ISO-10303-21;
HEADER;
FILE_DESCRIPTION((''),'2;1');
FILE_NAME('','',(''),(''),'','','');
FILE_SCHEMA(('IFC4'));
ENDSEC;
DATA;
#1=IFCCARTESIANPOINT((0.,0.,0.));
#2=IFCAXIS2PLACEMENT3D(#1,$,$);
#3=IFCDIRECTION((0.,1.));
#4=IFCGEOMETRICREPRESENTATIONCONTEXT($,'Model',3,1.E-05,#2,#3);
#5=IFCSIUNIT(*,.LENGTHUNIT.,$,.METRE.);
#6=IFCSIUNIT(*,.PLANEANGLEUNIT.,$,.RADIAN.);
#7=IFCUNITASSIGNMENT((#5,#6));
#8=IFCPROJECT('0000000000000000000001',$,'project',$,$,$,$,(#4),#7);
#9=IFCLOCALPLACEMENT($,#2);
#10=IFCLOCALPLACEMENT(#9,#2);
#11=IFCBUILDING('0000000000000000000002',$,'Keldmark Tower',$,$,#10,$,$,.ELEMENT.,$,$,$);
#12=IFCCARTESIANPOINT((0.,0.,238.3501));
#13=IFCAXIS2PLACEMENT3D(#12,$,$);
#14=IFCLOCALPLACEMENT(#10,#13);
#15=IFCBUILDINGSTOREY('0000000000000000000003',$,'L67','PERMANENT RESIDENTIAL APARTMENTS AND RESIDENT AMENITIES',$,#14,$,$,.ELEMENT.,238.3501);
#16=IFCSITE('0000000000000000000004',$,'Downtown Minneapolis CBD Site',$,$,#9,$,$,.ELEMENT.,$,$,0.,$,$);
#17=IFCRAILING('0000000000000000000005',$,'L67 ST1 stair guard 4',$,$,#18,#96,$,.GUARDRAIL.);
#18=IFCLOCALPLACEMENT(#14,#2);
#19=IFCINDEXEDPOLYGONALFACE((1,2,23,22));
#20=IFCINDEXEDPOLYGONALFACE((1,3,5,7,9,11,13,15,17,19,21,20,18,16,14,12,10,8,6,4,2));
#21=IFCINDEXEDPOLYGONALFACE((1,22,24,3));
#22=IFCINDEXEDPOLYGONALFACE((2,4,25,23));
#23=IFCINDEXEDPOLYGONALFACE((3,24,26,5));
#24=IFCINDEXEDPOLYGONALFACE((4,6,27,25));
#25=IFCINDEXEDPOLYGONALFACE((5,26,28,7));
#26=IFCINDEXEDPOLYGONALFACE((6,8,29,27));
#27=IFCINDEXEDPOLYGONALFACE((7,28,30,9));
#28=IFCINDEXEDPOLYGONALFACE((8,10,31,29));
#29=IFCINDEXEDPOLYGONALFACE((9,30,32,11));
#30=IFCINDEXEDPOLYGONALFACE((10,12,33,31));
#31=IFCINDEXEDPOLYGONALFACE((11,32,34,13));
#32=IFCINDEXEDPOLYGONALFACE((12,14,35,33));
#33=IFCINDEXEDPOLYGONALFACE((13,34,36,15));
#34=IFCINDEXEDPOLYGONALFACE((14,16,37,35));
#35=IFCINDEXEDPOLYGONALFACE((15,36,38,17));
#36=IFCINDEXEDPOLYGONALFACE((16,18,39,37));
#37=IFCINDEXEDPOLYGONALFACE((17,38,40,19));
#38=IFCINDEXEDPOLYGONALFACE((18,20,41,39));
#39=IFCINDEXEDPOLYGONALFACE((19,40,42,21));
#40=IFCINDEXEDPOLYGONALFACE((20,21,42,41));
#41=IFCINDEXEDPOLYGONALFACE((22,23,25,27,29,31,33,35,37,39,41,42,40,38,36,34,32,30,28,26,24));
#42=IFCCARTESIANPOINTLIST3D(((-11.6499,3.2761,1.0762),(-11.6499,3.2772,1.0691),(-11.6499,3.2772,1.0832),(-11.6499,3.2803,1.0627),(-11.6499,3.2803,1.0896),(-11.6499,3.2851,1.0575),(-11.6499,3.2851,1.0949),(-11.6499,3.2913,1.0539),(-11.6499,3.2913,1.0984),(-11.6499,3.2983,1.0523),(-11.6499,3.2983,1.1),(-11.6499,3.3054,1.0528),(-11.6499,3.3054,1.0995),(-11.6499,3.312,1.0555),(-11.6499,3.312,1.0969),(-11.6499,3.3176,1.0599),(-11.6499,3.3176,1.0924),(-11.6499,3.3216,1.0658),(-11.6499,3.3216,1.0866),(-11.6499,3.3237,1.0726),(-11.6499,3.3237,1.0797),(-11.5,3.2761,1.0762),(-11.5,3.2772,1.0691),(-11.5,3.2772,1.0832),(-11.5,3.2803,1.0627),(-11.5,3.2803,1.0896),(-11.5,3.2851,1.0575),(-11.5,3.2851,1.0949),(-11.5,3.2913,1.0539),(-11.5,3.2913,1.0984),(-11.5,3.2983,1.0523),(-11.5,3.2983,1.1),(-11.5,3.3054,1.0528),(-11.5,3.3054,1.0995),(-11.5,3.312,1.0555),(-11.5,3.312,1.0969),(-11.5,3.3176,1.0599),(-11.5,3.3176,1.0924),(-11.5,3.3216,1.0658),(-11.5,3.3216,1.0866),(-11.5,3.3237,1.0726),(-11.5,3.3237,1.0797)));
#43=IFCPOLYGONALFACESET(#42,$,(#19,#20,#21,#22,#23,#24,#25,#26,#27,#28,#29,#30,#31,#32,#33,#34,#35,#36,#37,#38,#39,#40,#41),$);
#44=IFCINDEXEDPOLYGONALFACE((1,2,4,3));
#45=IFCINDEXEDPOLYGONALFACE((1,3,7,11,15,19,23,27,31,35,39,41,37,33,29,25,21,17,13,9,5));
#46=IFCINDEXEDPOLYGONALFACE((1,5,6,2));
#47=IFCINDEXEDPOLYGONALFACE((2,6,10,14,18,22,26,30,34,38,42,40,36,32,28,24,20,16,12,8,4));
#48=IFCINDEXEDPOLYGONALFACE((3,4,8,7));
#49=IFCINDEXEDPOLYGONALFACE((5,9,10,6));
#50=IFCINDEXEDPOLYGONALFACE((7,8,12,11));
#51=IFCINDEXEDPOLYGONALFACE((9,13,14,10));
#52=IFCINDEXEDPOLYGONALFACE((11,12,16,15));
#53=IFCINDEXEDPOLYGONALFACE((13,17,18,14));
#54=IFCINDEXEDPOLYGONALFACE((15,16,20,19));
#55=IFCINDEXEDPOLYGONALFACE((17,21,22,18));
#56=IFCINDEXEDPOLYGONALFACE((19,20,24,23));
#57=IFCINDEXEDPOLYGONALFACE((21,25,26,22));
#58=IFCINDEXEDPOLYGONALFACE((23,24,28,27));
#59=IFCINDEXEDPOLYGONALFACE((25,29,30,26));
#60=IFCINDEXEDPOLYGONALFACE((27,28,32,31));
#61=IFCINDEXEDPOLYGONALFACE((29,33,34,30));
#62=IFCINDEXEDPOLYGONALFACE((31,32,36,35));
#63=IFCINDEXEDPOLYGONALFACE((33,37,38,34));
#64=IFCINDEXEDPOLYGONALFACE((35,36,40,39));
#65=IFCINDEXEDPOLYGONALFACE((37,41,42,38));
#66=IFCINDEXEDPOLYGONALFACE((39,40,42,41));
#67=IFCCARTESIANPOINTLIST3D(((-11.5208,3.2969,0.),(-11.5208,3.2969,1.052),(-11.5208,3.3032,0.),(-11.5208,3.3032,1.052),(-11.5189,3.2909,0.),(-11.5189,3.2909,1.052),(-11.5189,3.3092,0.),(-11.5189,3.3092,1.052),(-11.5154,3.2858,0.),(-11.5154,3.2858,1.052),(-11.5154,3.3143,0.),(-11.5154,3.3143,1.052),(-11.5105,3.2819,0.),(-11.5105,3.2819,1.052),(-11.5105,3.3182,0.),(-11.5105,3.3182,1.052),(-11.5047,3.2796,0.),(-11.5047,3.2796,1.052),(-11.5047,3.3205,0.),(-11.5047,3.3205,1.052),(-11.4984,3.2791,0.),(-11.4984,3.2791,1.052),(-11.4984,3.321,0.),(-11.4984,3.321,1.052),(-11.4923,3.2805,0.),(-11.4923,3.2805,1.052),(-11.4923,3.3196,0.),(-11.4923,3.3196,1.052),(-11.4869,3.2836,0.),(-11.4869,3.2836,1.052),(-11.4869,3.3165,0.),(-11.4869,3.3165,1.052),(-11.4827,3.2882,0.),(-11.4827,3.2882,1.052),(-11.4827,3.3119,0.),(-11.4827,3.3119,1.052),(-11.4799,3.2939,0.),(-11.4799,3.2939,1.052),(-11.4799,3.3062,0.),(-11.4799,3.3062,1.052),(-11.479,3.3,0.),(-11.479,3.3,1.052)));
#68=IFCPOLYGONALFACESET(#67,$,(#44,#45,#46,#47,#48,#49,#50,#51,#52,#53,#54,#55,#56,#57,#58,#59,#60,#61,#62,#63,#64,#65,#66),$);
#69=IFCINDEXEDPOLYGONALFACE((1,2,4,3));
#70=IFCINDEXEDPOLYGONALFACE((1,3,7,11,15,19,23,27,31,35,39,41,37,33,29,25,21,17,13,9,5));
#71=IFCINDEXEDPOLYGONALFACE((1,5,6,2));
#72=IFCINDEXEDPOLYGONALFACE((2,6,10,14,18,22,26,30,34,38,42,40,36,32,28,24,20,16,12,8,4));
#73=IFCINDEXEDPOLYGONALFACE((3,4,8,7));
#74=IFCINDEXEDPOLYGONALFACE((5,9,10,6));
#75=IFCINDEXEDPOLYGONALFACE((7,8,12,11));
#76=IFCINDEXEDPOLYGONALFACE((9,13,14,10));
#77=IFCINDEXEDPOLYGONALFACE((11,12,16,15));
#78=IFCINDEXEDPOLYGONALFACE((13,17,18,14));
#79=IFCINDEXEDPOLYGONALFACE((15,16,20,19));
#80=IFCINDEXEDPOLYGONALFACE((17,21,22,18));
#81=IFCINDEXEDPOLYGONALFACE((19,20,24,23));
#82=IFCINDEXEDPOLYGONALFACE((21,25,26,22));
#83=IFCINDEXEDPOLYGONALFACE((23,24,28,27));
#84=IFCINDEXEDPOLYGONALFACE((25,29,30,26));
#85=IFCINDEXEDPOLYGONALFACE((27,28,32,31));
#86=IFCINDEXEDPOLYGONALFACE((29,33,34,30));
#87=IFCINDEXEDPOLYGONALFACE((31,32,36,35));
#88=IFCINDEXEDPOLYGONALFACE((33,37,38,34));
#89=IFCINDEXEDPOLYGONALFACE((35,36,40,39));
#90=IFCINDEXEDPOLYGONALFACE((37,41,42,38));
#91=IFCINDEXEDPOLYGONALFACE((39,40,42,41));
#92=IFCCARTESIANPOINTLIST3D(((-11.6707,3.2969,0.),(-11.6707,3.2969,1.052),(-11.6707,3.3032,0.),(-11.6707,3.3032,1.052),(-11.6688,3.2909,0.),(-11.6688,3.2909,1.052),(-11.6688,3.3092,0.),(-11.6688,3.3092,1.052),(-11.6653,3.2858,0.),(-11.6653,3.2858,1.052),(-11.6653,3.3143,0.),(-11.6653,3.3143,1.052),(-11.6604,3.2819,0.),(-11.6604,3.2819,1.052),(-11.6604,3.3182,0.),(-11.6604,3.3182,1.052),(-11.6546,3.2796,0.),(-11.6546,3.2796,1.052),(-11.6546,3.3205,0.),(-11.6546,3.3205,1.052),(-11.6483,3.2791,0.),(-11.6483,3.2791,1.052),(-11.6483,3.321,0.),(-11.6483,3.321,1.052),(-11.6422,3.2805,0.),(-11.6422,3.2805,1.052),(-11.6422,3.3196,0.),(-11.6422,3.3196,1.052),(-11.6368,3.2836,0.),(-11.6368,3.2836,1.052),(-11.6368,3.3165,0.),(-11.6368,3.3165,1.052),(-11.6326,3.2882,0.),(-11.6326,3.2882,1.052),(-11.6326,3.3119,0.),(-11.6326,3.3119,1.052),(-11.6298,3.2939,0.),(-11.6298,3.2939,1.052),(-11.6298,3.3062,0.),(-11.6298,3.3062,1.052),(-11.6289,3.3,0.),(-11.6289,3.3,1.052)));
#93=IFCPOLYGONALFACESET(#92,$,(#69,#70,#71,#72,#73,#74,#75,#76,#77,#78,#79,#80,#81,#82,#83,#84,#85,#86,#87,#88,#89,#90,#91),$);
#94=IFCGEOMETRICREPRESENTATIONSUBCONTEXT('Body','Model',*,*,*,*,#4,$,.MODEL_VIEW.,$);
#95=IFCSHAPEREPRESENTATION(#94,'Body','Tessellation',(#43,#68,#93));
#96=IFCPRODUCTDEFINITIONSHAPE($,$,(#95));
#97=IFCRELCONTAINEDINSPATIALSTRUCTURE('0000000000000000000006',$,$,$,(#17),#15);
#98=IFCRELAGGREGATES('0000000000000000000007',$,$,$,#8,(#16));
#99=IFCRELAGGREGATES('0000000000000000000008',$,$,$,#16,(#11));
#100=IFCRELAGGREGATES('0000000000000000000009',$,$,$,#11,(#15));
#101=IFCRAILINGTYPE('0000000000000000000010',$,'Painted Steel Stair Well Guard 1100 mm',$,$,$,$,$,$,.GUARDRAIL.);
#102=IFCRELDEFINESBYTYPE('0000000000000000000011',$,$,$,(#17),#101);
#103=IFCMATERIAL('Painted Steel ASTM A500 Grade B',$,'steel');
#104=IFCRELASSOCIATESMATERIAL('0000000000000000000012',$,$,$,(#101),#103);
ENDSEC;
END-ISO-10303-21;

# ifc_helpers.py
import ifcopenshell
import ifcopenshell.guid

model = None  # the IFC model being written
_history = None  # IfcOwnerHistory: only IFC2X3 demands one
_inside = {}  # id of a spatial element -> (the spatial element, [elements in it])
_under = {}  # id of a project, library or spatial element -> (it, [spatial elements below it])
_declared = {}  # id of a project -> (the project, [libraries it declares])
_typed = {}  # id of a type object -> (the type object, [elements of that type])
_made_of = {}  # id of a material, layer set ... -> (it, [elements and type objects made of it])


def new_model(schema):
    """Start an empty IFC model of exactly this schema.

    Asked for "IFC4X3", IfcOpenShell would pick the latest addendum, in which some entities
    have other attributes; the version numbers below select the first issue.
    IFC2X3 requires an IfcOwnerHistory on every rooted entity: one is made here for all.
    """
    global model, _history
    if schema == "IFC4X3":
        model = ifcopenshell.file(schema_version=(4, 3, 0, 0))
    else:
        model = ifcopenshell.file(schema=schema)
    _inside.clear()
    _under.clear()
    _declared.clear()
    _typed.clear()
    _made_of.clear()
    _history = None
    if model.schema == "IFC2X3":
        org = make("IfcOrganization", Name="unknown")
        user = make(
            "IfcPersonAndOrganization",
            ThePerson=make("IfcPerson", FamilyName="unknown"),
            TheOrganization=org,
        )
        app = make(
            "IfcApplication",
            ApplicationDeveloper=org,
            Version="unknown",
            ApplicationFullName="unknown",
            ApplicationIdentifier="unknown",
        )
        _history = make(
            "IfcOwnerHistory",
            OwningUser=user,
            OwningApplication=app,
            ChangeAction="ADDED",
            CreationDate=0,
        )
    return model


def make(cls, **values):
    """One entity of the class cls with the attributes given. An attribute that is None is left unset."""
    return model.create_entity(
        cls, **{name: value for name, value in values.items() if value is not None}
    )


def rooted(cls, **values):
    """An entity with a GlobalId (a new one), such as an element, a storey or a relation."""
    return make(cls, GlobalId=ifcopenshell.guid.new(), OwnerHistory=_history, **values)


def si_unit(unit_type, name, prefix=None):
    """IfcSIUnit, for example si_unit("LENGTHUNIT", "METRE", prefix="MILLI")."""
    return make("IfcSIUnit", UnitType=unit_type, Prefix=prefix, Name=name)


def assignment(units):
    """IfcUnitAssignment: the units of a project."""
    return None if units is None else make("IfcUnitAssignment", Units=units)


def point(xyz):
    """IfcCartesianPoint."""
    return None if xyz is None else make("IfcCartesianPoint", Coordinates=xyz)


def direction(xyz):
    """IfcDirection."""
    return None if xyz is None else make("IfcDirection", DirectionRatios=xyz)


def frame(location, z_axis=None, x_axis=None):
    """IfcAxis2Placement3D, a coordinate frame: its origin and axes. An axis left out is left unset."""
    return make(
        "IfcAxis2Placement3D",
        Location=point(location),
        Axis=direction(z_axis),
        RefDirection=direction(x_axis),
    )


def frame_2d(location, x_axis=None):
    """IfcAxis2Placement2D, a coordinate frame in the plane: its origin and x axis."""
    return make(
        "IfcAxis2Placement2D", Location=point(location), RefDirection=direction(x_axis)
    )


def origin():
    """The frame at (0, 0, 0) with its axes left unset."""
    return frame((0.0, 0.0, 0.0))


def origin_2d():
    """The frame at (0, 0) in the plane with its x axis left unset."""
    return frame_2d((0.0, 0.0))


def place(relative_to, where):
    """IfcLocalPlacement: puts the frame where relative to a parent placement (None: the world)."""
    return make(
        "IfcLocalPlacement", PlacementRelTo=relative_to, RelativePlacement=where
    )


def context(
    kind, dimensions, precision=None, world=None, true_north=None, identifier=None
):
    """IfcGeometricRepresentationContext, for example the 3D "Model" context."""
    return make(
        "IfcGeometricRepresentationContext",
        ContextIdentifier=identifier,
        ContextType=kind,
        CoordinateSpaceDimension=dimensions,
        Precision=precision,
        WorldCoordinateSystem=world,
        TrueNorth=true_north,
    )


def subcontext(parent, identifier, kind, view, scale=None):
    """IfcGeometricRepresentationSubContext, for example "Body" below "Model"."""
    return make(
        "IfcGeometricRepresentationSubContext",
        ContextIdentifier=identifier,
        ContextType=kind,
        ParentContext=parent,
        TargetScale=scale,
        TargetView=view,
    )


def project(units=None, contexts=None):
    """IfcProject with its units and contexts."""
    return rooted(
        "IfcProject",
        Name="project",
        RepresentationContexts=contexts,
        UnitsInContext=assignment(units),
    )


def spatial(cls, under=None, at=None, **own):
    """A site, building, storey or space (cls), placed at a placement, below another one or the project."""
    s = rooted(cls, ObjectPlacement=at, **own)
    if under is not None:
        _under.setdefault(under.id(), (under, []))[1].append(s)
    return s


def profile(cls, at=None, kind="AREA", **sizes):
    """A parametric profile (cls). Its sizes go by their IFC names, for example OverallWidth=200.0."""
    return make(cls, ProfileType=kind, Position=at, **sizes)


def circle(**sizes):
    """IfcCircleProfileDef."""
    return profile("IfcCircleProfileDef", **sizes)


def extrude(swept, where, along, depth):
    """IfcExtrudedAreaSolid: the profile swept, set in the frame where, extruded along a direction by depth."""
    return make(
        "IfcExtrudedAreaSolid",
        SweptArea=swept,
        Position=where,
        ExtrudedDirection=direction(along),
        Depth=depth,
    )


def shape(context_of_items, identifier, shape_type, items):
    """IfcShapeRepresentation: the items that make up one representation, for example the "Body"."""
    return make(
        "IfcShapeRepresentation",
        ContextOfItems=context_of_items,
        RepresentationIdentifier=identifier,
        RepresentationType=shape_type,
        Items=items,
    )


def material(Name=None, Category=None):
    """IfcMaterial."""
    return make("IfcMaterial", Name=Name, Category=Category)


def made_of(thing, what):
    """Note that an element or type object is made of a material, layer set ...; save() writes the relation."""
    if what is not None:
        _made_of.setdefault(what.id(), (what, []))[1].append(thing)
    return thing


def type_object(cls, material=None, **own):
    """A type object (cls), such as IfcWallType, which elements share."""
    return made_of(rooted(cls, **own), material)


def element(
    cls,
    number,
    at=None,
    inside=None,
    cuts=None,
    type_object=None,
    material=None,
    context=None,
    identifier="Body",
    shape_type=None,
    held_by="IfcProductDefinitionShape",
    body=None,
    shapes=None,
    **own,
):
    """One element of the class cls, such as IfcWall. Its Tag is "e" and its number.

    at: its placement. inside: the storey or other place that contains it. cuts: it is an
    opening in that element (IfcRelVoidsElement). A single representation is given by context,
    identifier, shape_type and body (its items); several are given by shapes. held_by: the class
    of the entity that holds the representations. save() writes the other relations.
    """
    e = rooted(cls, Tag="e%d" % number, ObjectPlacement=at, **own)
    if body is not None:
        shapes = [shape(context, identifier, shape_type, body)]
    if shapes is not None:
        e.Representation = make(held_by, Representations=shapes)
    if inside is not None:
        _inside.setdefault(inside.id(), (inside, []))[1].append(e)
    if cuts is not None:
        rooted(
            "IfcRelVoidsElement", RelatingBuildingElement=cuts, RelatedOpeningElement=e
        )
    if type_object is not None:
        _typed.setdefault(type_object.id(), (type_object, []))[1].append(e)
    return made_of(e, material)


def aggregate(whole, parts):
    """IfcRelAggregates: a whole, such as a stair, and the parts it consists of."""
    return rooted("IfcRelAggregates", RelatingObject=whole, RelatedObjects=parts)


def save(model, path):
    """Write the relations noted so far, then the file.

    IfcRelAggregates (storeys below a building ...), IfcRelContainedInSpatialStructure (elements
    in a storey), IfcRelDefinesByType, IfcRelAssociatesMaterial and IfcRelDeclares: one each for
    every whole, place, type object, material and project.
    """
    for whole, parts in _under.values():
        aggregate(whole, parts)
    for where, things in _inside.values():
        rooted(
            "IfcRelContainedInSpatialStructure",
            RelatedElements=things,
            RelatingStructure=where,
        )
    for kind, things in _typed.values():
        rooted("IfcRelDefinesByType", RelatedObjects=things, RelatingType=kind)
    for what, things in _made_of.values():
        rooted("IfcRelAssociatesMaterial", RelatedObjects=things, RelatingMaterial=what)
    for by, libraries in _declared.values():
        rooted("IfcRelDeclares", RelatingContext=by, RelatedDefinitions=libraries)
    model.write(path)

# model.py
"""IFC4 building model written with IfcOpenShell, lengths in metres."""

from ifc_helpers import new_model, si_unit, direction, frame, origin, origin_2d, place, context, subcontext, project, spatial, circle, extrude, material, type_object, element, save


model = new_model("IFC4")

# Units and contexts
model_context = context("Model", 3, precision=1e-05, world=origin(), true_north=direction((0.0, 1.0)))
body_context = subcontext(model_context, "Body", "Model", "MODEL_VIEW")
ifc_project = project(units=[si_unit("LENGTHUNIT", "METRE"), si_unit("PLANEANGLEUNIT", "RADIAN")], contexts=[model_context])

# Site, building, storey
site_placement = place(None, origin())
site = spatial("IfcSite", under=ifc_project, at=site_placement, Name="Downtown Minneapolis CBD Site", CompositionType="ELEMENT", RefElevation=0.0)
building_placement = place(site_placement, origin())
building = spatial("IfcBuilding", under=site, at=building_placement, Name="Keldmark Tower", CompositionType="ELEMENT")
storey_placement = place(building_placement, frame((0.0, 0.0, 238.3501)))
storey = spatial("IfcBuildingStorey", under=building, at=storey_placement, Name="L67", Description="PERMANENT RESIDENTIAL APARTMENTS AND RESIDENT AMENITIES", CompositionType="ELEMENT", Elevation=238.3501)

# Railing
ifc_material_1 = material(Name="Painted Steel ASTM A500 Grade B", Category="steel")
railing_type_1 = type_object("IfcRailingType", Name="Painted Steel Stair Well Guard 1100 mm", PredefinedType="GUARDRAIL", material=ifc_material_1)
railing_1_placement = place(storey_placement, frame((-11.5, 3.3, 0.0)))
element("IfcRailing", 1, at=railing_1_placement, inside=storey, type_object=railing_type_1, Name="L67 ST1 stair guard 4", PredefinedType="GUARDRAIL", context=body_context, shape_type="SweptSolid", body=[
    extrude(circle(Radius=0.0239, at=origin_2d()), frame((0.0, 0.0, 1.0762), z_axis=(-1.0, 0.0, 0.0), x_axis=(0.0, -1.0, 0.0)), (0.0, 0.0, 1.0), 0.1499),
    extrude(circle(Radius=0.021, at=origin_2d()), origin(), (0.0, 0.0, 1.0), 1.052),
    extrude(circle(Radius=0.021, at=origin_2d()), frame((-0.1499, 0.0, 0.0)), (0.0, 0.0, 1.0), 1.052),
])

save(model, "model.ifc")
